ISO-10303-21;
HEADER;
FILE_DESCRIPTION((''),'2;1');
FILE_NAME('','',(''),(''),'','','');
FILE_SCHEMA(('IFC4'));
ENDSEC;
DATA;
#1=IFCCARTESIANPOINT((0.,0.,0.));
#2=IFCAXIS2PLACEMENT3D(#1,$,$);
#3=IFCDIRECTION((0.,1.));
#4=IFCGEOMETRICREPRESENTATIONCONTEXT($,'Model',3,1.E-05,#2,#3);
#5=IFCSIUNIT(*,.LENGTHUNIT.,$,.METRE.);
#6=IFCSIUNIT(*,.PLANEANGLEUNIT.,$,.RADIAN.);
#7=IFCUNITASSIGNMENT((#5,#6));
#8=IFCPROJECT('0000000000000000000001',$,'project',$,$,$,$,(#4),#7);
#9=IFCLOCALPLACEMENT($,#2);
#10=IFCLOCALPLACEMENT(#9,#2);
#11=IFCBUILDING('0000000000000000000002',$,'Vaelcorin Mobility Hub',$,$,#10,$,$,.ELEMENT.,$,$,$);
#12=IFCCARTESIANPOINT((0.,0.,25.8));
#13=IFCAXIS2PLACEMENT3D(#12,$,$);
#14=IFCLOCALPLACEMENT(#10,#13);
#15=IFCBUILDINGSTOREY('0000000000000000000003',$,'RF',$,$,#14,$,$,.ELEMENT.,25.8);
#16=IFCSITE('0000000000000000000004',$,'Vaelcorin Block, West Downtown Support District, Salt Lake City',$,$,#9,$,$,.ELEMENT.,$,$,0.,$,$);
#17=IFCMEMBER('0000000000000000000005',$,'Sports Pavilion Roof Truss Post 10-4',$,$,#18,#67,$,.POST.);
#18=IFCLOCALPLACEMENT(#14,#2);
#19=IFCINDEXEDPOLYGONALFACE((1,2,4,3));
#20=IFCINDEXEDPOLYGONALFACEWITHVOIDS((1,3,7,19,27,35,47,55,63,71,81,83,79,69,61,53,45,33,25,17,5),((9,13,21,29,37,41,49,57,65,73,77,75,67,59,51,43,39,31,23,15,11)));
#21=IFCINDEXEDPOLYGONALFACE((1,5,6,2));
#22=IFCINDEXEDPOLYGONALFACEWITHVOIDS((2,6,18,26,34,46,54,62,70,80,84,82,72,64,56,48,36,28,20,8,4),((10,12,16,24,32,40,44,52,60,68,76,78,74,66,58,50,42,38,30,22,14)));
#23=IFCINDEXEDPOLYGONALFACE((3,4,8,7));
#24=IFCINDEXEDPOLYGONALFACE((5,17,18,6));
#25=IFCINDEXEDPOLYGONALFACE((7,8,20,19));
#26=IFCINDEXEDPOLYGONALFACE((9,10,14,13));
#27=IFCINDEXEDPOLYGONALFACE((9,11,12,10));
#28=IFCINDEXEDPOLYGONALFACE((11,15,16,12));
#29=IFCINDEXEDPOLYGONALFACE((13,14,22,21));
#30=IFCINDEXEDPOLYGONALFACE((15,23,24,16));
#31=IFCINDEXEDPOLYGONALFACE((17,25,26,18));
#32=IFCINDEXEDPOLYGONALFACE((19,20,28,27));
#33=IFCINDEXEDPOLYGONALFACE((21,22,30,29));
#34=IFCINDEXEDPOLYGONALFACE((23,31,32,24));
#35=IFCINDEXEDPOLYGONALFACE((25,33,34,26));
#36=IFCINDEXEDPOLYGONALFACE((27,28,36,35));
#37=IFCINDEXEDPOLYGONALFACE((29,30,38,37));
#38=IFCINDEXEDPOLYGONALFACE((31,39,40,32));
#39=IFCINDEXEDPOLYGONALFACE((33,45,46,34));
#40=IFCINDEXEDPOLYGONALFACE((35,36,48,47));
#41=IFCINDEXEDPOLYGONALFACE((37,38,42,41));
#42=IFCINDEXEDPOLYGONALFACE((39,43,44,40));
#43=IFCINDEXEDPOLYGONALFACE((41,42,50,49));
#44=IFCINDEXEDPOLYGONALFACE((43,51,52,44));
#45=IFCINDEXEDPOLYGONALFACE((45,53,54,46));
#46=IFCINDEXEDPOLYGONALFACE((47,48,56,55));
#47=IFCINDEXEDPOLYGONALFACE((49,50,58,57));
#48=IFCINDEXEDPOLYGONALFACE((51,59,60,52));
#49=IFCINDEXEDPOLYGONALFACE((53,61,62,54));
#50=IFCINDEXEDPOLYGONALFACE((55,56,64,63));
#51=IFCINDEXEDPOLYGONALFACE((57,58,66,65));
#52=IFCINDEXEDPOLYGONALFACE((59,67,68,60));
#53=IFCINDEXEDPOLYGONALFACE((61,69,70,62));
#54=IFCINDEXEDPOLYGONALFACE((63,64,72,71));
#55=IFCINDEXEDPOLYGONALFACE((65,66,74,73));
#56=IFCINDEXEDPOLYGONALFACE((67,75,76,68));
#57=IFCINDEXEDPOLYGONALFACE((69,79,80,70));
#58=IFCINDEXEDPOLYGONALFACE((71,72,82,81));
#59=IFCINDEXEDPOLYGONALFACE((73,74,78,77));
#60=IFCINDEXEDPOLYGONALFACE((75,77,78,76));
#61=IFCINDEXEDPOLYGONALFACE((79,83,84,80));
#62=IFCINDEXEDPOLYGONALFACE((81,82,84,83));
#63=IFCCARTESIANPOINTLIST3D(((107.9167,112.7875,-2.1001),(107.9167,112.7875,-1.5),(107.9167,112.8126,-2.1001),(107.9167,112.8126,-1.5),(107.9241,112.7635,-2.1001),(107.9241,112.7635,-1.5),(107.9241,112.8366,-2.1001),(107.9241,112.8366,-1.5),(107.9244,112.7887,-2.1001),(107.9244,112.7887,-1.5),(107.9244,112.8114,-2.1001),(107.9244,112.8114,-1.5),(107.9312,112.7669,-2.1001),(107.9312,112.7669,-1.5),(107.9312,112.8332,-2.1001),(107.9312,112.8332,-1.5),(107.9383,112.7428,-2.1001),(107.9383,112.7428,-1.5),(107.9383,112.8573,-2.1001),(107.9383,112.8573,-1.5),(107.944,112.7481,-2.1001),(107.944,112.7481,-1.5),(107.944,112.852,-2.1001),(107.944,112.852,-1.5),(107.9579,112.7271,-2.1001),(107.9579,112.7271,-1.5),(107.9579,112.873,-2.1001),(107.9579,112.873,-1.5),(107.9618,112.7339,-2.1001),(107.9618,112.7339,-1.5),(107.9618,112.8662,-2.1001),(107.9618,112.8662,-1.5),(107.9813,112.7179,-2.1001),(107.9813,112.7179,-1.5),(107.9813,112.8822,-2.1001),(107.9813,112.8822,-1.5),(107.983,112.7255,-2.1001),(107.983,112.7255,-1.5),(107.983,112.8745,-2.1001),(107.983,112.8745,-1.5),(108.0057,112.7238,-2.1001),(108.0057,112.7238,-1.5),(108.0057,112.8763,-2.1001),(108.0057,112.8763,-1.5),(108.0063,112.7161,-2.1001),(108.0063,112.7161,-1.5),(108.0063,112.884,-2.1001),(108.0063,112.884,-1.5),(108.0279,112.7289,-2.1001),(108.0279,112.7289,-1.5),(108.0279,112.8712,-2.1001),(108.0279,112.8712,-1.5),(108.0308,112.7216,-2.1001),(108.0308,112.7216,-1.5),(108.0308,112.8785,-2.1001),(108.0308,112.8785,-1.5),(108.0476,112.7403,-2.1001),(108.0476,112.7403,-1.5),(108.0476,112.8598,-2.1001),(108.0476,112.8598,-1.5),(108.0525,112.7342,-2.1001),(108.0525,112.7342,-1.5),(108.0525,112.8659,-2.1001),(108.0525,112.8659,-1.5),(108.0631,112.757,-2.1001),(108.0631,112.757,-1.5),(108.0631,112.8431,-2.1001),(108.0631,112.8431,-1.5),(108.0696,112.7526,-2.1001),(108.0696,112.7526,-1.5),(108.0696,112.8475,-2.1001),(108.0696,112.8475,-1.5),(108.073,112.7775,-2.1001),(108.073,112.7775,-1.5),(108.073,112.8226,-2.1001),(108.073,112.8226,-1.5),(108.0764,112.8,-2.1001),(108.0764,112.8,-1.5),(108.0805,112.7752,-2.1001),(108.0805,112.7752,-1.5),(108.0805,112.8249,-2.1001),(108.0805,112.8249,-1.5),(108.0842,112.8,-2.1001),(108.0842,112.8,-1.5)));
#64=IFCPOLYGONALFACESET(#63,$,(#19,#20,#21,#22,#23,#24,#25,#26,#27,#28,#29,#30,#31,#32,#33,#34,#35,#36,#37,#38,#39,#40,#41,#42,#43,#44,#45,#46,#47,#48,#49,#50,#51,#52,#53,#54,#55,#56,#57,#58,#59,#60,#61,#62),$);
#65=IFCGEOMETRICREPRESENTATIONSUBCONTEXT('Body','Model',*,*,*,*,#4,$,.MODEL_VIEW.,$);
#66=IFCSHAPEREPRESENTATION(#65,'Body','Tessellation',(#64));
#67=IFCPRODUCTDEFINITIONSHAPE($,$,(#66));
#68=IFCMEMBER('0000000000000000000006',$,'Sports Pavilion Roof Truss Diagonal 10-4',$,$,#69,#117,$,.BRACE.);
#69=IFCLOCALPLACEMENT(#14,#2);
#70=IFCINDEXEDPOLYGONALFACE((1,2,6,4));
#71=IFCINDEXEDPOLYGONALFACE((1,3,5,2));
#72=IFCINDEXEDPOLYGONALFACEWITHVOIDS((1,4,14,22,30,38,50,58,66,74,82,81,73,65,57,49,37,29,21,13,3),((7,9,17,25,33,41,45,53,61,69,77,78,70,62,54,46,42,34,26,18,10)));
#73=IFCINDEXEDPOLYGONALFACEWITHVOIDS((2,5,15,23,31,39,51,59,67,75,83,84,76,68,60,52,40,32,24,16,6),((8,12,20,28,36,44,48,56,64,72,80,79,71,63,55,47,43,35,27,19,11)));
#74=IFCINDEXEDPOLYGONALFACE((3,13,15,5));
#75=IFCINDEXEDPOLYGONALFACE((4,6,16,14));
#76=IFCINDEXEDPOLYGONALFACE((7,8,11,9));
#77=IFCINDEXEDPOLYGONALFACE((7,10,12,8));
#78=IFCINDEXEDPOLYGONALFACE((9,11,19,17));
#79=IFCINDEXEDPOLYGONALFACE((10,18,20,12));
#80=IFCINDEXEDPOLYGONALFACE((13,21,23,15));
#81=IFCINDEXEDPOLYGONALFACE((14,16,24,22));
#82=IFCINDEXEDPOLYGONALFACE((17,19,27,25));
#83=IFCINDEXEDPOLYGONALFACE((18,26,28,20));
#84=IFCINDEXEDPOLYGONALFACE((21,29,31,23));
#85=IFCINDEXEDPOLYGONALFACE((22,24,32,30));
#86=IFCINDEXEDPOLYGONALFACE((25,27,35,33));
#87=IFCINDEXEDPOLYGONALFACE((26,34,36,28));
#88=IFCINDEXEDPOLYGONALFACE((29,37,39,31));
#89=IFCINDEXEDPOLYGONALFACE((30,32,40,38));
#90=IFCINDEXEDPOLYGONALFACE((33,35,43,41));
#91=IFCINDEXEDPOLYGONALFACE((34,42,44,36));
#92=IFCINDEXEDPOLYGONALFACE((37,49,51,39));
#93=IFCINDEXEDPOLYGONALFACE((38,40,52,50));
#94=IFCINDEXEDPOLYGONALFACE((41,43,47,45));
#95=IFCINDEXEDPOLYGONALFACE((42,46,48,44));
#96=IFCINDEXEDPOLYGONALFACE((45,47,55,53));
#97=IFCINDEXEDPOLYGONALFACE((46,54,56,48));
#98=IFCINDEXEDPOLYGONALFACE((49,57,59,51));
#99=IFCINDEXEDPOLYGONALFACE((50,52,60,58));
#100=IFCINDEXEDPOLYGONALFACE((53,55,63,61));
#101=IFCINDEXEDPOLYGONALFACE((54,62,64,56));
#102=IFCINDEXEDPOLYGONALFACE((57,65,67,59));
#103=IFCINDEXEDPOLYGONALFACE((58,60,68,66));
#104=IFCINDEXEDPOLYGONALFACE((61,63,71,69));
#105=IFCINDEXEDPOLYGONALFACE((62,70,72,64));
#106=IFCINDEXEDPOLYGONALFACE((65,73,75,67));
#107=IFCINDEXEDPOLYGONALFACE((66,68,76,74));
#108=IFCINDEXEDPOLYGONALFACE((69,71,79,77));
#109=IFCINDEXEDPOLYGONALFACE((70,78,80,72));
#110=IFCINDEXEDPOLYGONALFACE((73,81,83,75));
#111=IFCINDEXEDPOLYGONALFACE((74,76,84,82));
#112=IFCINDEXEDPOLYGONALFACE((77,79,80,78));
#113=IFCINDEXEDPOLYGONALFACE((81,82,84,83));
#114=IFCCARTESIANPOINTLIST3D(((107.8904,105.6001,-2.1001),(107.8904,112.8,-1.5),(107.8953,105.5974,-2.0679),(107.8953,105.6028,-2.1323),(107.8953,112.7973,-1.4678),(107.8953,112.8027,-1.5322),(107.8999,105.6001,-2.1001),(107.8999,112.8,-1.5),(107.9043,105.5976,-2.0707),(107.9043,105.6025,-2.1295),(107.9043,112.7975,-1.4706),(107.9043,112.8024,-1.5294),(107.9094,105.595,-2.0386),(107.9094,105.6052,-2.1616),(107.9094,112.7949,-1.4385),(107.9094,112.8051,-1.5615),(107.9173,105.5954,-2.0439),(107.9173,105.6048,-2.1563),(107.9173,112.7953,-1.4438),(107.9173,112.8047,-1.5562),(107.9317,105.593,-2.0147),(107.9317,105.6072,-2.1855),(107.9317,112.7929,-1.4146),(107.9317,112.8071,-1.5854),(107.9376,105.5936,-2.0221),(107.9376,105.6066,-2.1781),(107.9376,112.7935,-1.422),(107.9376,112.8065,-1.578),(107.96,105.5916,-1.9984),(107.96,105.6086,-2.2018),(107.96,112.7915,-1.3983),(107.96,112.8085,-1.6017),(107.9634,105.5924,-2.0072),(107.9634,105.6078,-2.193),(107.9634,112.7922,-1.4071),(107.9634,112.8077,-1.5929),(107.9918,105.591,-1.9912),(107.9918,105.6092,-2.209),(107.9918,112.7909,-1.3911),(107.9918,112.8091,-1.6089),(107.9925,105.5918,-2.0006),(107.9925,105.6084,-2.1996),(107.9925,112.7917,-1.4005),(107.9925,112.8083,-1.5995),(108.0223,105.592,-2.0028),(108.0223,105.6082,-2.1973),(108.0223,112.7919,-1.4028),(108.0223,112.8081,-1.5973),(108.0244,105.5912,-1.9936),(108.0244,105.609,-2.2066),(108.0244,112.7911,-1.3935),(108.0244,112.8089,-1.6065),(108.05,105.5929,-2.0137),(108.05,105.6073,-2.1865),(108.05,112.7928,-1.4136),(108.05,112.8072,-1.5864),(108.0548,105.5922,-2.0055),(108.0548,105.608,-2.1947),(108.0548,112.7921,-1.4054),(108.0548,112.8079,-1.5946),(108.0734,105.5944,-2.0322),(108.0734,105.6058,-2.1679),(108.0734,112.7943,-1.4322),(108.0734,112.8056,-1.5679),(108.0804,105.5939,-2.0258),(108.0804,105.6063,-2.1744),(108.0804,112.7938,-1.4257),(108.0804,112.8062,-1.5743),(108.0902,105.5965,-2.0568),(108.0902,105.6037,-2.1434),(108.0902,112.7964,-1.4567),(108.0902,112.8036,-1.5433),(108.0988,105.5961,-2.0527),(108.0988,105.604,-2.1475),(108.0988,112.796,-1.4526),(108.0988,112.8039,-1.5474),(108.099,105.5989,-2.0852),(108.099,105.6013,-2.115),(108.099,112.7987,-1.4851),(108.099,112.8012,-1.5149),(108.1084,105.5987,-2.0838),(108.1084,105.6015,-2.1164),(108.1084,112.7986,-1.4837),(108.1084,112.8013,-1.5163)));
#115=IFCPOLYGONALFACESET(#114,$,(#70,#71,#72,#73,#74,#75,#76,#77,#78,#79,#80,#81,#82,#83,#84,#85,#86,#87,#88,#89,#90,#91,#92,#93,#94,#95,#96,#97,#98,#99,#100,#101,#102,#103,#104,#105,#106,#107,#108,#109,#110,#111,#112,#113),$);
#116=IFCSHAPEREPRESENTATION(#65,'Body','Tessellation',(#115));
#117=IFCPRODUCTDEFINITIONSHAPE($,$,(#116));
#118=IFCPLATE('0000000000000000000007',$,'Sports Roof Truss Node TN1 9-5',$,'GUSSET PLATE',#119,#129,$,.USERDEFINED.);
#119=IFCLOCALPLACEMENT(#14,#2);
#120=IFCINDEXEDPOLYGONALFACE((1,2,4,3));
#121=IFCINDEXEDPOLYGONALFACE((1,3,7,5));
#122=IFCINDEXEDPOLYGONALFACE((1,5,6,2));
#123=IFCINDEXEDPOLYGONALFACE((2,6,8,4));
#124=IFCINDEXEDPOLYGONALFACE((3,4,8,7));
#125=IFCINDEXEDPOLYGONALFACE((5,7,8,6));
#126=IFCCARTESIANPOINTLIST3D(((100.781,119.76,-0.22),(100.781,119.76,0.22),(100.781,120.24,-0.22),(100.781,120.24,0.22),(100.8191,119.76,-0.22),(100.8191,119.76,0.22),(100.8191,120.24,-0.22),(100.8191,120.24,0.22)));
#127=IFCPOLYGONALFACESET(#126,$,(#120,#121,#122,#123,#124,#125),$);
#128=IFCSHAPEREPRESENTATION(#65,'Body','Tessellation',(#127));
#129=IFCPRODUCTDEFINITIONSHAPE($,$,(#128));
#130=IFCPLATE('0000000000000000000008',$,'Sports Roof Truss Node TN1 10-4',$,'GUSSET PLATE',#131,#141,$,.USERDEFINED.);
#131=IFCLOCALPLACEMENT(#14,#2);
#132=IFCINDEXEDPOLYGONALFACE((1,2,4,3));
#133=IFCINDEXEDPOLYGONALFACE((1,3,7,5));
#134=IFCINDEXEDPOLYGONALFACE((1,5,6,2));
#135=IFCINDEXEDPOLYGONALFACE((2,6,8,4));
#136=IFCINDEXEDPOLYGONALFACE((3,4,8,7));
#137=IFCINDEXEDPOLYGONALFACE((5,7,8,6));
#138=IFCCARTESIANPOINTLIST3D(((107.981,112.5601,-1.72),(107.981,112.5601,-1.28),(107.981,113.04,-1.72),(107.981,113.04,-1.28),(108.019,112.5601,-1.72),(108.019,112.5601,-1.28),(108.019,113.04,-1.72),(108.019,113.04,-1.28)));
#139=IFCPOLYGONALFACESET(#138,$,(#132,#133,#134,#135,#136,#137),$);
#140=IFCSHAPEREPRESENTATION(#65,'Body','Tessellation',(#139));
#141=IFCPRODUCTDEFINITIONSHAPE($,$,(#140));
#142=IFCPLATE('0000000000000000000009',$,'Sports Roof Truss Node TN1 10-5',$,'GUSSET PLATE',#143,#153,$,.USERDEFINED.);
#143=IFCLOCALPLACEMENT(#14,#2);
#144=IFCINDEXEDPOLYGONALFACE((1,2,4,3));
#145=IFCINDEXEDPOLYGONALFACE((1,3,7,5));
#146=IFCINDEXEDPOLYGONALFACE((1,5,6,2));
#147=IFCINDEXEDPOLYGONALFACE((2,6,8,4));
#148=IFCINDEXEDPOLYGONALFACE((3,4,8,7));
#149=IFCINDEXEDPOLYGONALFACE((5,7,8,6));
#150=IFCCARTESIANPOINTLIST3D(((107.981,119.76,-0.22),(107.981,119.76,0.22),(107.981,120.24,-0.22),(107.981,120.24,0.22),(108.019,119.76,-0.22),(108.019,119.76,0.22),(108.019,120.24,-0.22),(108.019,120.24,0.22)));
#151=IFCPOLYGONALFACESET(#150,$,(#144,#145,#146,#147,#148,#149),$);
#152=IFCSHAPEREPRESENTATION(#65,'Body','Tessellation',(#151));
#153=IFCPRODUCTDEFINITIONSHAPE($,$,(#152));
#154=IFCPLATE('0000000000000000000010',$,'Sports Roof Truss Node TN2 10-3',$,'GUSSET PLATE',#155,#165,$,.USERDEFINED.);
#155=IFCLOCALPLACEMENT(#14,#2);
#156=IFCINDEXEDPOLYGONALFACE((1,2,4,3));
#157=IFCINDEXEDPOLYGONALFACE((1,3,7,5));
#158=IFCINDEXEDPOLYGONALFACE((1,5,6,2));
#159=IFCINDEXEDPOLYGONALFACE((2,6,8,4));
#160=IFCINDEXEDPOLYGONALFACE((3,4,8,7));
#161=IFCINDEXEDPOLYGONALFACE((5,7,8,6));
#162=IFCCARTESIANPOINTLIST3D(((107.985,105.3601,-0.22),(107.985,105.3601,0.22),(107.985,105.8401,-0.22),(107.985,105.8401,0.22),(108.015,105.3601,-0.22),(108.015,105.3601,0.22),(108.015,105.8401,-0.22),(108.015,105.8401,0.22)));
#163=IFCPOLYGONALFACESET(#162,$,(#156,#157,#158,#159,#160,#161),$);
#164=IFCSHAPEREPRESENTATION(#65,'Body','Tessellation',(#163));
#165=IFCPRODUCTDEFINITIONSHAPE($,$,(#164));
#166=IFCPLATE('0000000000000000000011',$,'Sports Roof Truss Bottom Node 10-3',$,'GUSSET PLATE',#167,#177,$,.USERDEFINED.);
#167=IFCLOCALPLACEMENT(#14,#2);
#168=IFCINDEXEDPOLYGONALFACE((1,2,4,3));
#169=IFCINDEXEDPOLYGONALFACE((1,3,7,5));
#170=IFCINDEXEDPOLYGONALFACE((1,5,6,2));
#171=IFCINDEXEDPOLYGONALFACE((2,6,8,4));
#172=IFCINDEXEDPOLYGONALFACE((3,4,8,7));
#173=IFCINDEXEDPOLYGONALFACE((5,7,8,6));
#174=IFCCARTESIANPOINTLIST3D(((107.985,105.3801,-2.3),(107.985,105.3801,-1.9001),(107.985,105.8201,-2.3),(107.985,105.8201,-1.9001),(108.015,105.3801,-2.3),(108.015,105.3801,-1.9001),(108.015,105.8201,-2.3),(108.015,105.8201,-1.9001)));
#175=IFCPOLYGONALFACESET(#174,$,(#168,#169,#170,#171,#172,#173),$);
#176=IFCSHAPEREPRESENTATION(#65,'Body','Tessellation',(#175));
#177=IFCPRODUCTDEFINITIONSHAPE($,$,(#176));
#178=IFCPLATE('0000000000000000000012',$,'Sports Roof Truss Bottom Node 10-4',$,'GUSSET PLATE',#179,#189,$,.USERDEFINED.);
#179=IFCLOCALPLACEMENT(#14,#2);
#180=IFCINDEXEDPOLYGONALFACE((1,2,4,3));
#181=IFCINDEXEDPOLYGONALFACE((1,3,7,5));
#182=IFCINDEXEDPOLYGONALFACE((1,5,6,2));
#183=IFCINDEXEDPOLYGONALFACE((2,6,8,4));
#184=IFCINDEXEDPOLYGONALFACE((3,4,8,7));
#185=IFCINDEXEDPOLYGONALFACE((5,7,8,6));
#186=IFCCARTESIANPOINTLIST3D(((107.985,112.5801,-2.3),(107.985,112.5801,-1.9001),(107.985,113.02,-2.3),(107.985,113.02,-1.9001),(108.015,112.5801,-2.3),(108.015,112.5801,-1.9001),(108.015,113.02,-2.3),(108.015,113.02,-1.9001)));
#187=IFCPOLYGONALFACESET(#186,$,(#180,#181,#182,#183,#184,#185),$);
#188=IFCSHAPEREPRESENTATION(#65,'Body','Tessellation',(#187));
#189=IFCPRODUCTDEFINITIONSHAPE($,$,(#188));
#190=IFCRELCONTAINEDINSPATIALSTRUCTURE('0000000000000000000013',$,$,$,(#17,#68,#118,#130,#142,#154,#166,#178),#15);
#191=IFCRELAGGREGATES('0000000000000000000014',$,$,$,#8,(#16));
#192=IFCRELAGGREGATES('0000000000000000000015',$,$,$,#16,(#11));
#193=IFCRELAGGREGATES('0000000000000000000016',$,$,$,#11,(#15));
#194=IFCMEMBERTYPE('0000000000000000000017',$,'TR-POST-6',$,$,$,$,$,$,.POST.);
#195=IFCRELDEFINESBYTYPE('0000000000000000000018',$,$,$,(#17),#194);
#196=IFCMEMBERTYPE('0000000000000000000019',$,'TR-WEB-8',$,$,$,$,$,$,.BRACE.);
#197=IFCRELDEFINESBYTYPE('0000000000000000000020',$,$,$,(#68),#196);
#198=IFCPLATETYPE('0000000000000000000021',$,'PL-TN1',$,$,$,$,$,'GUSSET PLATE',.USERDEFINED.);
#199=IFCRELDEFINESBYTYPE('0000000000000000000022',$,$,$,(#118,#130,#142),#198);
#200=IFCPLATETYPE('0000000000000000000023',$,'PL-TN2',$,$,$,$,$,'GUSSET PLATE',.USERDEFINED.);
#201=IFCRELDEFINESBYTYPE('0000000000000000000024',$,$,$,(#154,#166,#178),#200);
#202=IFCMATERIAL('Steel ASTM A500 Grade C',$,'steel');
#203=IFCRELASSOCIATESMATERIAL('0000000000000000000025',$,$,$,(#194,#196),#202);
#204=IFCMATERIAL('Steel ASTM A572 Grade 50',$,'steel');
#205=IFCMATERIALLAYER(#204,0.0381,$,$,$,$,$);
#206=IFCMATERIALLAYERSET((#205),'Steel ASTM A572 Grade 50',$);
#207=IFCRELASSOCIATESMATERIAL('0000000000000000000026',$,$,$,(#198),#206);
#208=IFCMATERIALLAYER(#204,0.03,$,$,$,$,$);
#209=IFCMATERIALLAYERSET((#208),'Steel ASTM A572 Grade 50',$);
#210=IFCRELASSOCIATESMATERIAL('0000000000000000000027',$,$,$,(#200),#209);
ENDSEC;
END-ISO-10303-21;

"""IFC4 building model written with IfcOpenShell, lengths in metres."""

from ifc_helpers import new_model, si_unit, direction, frame, origin, origin_2d, place, context, subcontext, project, spatial, rectangle, hollow_circle, extrude, material, layer, layer_set, material_profile, profile_set, type_object, element, save


model = new_model("IFC4")

# Units and contexts
model_context = context("Model", 3, precision=1e-05, world=origin(), true_north=direction((0.0, 1.0)))
body_context = subcontext(model_context, "Body", "Model", "MODEL_VIEW")
ifc_project = project(units=[si_unit("LENGTHUNIT", "METRE"), si_unit("PLANEANGLEUNIT", "RADIAN")], contexts=[model_context])

# Site, building, storey
site_placement = place(None, origin())
site = spatial("IfcSite", under=ifc_project, at=site_placement, Name="Vaelcorin Block, West Downtown Support District, Salt Lake City", CompositionType="ELEMENT", RefElevation=0.0)
building_placement = place(site_placement, origin())
building = spatial("IfcBuilding", under=site, at=building_placement, Name="Vaelcorin Mobility Hub", CompositionType="ELEMENT")
storey_placement = place(building_placement, frame((0.0, 0.0, 25.8)))
storey = spatial("IfcBuildingStorey", under=building, at=storey_placement, Name="RF", CompositionType="ELEMENT", Elevation=25.8)

# Shared definitions
ifc_material_1 = material(Name="Steel ASTM A500 Grade C", Category="steel")

# Members
ifc_material_profile_1 = material_profile(ifc_material_1, hollow_circle(Radius=0.0842, WallThickness=0.0078, at=origin_2d()), Name="HSS6.625X0.312")
ifc_profile_set_1 = profile_set([ifc_material_profile_1], Name="Steel ASTM A500 Grade C")
member_type_1 = type_object("IfcMemberType", Name="TR-POST-6", PredefinedType="POST", material=ifc_profile_set_1)
member_1_placement = place(storey_placement, frame((108.0, 112.8, -2.1001), z_axis=(0.0, 0.0, 1.0), x_axis=(1.0, 0.0, 0.0)))
element("IfcMember", 1, at=member_1_placement, inside=storey, type_object=member_type_1, Name="Sports Pavilion Roof Truss Post 10-4", PredefinedType="POST", context=body_context, shape_type="SweptSolid", body=[
    extrude(hollow_circle(Radius=0.0842, WallThickness=0.0078, at=origin_2d()), origin(), (0.0, 0.0, 1.0), 0.6001),
])
ifc_material_profile_2 = material_profile(ifc_material_1, hollow_circle(Radius=0.1096, WallThickness=0.0095, at=origin_2d()), Name="HSS8.625X0.375")
ifc_profile_set_2 = profile_set([ifc_material_profile_2], Name="Steel ASTM A500 Grade C")
member_type_2 = type_object("IfcMemberType", Name="TR-WEB-8", PredefinedType="BRACE", material=ifc_profile_set_2)
member_2_placement = place(storey_placement, frame((108.0, 105.6001, -2.1001), z_axis=(0.0, 0.996545, 0.083059), x_axis=(-1.0, 0.0, 0.0)))
element("IfcMember", 2, at=member_2_placement, inside=storey, type_object=member_type_2, Name="Sports Pavilion Roof Truss Diagonal 10-4", PredefinedType="BRACE", context=body_context, shape_type="SweptSolid", body=[
    extrude(hollow_circle(Radius=0.1096, WallThickness=0.0095, at=origin_2d()), origin(), (0.0, 0.0, 1.0), 7.2249),
])

# Plates
ifc_material_2 = material(Name="Steel ASTM A572 Grade 50", Category="steel")
ifc_layer_1 = layer(ifc_material_2, 0.0381)
ifc_layer_set_1 = layer_set([ifc_layer_1], Name="Steel ASTM A572 Grade 50")
plate_type_1 = type_object("IfcPlateType", Name="PL-TN1", ElementType="GUSSET PLATE", PredefinedType="USERDEFINED", material=ifc_layer_set_1)
for number, where, z_axis, x_axis, name in (
    (3, (100.8, 120.0, -0.22), (0.0, 0.0, 1.0), (1.0, 0.0, 0.0), "Sports Roof Truss Node TN1 9-5"),
    (4, (108.0, 112.8, -1.72), (0.0, 0.0, 1.0), (1.0, 0.0, 0.0), "Sports Roof Truss Node TN1 10-4"),
    (5, (108.0, 120.0, -0.22), (0.0, 0.0, 1.0), (1.0, 0.0, 0.0), "Sports Roof Truss Node TN1 10-5"),
):
    element("IfcPlate", number, at=place(storey_placement, frame(where, z_axis=z_axis, x_axis=x_axis)), inside=storey, type_object=plate_type_1, Name=name, ObjectType="GUSSET PLATE", PredefinedType="USERDEFINED", context=body_context, shape_type="SweptSolid", body=[
        extrude(rectangle(XDim=0.0381, YDim=0.48, at=origin_2d()), origin(), (0.0, 0.0, 1.0), 0.4399),
    ])
ifc_layer_2 = layer(ifc_material_2, 0.03)
ifc_layer_set_2 = layer_set([ifc_layer_2], Name="Steel ASTM A572 Grade 50")
plate_type_2 = type_object("IfcPlateType", Name="PL-TN2", ElementType="GUSSET PLATE", PredefinedType="USERDEFINED", material=ifc_layer_set_2)
plate_placement = place(storey_placement, frame((108.0, 105.6001, -0.22), z_axis=(0.0, 0.0, 1.0), x_axis=(1.0, 0.0, 0.0)))
element("IfcPlate", 6, at=plate_placement, inside=storey, type_object=plate_type_2, Name="Sports Roof Truss Node TN2 10-3", ObjectType="GUSSET PLATE", PredefinedType="USERDEFINED", context=body_context, shape_type="SweptSolid", body=[
    extrude(rectangle(XDim=0.03, YDim=0.48, at=origin_2d()), origin(), (0.0, 0.0, 1.0), 0.4399),
])
for number, where, z_axis, x_axis, name in (
    (7, (108.0, 105.6001, -2.3), (0.0, 0.0, 1.0), (1.0, 0.0, 0.0), "Sports Roof Truss Bottom Node 10-3"),
    (8, (108.0, 112.8, -2.3), (0.0, 0.0, 1.0), (1.0, 0.0, 0.0), "Sports Roof Truss Bottom Node 10-4"),
):
    element("IfcPlate", number, at=place(storey_placement, frame(where, z_axis=z_axis, x_axis=x_axis)), inside=storey, type_object=plate_type_2, Name=name, ObjectType="GUSSET PLATE", PredefinedType="USERDEFINED", context=body_context, shape_type="SweptSolid", body=[
        extrude(rectangle(XDim=0.03, YDim=0.4399, at=origin_2d()), origin(), (0.0, 0.0, 1.0), 0.3999),
    ])

save(model, "model.ifc")
